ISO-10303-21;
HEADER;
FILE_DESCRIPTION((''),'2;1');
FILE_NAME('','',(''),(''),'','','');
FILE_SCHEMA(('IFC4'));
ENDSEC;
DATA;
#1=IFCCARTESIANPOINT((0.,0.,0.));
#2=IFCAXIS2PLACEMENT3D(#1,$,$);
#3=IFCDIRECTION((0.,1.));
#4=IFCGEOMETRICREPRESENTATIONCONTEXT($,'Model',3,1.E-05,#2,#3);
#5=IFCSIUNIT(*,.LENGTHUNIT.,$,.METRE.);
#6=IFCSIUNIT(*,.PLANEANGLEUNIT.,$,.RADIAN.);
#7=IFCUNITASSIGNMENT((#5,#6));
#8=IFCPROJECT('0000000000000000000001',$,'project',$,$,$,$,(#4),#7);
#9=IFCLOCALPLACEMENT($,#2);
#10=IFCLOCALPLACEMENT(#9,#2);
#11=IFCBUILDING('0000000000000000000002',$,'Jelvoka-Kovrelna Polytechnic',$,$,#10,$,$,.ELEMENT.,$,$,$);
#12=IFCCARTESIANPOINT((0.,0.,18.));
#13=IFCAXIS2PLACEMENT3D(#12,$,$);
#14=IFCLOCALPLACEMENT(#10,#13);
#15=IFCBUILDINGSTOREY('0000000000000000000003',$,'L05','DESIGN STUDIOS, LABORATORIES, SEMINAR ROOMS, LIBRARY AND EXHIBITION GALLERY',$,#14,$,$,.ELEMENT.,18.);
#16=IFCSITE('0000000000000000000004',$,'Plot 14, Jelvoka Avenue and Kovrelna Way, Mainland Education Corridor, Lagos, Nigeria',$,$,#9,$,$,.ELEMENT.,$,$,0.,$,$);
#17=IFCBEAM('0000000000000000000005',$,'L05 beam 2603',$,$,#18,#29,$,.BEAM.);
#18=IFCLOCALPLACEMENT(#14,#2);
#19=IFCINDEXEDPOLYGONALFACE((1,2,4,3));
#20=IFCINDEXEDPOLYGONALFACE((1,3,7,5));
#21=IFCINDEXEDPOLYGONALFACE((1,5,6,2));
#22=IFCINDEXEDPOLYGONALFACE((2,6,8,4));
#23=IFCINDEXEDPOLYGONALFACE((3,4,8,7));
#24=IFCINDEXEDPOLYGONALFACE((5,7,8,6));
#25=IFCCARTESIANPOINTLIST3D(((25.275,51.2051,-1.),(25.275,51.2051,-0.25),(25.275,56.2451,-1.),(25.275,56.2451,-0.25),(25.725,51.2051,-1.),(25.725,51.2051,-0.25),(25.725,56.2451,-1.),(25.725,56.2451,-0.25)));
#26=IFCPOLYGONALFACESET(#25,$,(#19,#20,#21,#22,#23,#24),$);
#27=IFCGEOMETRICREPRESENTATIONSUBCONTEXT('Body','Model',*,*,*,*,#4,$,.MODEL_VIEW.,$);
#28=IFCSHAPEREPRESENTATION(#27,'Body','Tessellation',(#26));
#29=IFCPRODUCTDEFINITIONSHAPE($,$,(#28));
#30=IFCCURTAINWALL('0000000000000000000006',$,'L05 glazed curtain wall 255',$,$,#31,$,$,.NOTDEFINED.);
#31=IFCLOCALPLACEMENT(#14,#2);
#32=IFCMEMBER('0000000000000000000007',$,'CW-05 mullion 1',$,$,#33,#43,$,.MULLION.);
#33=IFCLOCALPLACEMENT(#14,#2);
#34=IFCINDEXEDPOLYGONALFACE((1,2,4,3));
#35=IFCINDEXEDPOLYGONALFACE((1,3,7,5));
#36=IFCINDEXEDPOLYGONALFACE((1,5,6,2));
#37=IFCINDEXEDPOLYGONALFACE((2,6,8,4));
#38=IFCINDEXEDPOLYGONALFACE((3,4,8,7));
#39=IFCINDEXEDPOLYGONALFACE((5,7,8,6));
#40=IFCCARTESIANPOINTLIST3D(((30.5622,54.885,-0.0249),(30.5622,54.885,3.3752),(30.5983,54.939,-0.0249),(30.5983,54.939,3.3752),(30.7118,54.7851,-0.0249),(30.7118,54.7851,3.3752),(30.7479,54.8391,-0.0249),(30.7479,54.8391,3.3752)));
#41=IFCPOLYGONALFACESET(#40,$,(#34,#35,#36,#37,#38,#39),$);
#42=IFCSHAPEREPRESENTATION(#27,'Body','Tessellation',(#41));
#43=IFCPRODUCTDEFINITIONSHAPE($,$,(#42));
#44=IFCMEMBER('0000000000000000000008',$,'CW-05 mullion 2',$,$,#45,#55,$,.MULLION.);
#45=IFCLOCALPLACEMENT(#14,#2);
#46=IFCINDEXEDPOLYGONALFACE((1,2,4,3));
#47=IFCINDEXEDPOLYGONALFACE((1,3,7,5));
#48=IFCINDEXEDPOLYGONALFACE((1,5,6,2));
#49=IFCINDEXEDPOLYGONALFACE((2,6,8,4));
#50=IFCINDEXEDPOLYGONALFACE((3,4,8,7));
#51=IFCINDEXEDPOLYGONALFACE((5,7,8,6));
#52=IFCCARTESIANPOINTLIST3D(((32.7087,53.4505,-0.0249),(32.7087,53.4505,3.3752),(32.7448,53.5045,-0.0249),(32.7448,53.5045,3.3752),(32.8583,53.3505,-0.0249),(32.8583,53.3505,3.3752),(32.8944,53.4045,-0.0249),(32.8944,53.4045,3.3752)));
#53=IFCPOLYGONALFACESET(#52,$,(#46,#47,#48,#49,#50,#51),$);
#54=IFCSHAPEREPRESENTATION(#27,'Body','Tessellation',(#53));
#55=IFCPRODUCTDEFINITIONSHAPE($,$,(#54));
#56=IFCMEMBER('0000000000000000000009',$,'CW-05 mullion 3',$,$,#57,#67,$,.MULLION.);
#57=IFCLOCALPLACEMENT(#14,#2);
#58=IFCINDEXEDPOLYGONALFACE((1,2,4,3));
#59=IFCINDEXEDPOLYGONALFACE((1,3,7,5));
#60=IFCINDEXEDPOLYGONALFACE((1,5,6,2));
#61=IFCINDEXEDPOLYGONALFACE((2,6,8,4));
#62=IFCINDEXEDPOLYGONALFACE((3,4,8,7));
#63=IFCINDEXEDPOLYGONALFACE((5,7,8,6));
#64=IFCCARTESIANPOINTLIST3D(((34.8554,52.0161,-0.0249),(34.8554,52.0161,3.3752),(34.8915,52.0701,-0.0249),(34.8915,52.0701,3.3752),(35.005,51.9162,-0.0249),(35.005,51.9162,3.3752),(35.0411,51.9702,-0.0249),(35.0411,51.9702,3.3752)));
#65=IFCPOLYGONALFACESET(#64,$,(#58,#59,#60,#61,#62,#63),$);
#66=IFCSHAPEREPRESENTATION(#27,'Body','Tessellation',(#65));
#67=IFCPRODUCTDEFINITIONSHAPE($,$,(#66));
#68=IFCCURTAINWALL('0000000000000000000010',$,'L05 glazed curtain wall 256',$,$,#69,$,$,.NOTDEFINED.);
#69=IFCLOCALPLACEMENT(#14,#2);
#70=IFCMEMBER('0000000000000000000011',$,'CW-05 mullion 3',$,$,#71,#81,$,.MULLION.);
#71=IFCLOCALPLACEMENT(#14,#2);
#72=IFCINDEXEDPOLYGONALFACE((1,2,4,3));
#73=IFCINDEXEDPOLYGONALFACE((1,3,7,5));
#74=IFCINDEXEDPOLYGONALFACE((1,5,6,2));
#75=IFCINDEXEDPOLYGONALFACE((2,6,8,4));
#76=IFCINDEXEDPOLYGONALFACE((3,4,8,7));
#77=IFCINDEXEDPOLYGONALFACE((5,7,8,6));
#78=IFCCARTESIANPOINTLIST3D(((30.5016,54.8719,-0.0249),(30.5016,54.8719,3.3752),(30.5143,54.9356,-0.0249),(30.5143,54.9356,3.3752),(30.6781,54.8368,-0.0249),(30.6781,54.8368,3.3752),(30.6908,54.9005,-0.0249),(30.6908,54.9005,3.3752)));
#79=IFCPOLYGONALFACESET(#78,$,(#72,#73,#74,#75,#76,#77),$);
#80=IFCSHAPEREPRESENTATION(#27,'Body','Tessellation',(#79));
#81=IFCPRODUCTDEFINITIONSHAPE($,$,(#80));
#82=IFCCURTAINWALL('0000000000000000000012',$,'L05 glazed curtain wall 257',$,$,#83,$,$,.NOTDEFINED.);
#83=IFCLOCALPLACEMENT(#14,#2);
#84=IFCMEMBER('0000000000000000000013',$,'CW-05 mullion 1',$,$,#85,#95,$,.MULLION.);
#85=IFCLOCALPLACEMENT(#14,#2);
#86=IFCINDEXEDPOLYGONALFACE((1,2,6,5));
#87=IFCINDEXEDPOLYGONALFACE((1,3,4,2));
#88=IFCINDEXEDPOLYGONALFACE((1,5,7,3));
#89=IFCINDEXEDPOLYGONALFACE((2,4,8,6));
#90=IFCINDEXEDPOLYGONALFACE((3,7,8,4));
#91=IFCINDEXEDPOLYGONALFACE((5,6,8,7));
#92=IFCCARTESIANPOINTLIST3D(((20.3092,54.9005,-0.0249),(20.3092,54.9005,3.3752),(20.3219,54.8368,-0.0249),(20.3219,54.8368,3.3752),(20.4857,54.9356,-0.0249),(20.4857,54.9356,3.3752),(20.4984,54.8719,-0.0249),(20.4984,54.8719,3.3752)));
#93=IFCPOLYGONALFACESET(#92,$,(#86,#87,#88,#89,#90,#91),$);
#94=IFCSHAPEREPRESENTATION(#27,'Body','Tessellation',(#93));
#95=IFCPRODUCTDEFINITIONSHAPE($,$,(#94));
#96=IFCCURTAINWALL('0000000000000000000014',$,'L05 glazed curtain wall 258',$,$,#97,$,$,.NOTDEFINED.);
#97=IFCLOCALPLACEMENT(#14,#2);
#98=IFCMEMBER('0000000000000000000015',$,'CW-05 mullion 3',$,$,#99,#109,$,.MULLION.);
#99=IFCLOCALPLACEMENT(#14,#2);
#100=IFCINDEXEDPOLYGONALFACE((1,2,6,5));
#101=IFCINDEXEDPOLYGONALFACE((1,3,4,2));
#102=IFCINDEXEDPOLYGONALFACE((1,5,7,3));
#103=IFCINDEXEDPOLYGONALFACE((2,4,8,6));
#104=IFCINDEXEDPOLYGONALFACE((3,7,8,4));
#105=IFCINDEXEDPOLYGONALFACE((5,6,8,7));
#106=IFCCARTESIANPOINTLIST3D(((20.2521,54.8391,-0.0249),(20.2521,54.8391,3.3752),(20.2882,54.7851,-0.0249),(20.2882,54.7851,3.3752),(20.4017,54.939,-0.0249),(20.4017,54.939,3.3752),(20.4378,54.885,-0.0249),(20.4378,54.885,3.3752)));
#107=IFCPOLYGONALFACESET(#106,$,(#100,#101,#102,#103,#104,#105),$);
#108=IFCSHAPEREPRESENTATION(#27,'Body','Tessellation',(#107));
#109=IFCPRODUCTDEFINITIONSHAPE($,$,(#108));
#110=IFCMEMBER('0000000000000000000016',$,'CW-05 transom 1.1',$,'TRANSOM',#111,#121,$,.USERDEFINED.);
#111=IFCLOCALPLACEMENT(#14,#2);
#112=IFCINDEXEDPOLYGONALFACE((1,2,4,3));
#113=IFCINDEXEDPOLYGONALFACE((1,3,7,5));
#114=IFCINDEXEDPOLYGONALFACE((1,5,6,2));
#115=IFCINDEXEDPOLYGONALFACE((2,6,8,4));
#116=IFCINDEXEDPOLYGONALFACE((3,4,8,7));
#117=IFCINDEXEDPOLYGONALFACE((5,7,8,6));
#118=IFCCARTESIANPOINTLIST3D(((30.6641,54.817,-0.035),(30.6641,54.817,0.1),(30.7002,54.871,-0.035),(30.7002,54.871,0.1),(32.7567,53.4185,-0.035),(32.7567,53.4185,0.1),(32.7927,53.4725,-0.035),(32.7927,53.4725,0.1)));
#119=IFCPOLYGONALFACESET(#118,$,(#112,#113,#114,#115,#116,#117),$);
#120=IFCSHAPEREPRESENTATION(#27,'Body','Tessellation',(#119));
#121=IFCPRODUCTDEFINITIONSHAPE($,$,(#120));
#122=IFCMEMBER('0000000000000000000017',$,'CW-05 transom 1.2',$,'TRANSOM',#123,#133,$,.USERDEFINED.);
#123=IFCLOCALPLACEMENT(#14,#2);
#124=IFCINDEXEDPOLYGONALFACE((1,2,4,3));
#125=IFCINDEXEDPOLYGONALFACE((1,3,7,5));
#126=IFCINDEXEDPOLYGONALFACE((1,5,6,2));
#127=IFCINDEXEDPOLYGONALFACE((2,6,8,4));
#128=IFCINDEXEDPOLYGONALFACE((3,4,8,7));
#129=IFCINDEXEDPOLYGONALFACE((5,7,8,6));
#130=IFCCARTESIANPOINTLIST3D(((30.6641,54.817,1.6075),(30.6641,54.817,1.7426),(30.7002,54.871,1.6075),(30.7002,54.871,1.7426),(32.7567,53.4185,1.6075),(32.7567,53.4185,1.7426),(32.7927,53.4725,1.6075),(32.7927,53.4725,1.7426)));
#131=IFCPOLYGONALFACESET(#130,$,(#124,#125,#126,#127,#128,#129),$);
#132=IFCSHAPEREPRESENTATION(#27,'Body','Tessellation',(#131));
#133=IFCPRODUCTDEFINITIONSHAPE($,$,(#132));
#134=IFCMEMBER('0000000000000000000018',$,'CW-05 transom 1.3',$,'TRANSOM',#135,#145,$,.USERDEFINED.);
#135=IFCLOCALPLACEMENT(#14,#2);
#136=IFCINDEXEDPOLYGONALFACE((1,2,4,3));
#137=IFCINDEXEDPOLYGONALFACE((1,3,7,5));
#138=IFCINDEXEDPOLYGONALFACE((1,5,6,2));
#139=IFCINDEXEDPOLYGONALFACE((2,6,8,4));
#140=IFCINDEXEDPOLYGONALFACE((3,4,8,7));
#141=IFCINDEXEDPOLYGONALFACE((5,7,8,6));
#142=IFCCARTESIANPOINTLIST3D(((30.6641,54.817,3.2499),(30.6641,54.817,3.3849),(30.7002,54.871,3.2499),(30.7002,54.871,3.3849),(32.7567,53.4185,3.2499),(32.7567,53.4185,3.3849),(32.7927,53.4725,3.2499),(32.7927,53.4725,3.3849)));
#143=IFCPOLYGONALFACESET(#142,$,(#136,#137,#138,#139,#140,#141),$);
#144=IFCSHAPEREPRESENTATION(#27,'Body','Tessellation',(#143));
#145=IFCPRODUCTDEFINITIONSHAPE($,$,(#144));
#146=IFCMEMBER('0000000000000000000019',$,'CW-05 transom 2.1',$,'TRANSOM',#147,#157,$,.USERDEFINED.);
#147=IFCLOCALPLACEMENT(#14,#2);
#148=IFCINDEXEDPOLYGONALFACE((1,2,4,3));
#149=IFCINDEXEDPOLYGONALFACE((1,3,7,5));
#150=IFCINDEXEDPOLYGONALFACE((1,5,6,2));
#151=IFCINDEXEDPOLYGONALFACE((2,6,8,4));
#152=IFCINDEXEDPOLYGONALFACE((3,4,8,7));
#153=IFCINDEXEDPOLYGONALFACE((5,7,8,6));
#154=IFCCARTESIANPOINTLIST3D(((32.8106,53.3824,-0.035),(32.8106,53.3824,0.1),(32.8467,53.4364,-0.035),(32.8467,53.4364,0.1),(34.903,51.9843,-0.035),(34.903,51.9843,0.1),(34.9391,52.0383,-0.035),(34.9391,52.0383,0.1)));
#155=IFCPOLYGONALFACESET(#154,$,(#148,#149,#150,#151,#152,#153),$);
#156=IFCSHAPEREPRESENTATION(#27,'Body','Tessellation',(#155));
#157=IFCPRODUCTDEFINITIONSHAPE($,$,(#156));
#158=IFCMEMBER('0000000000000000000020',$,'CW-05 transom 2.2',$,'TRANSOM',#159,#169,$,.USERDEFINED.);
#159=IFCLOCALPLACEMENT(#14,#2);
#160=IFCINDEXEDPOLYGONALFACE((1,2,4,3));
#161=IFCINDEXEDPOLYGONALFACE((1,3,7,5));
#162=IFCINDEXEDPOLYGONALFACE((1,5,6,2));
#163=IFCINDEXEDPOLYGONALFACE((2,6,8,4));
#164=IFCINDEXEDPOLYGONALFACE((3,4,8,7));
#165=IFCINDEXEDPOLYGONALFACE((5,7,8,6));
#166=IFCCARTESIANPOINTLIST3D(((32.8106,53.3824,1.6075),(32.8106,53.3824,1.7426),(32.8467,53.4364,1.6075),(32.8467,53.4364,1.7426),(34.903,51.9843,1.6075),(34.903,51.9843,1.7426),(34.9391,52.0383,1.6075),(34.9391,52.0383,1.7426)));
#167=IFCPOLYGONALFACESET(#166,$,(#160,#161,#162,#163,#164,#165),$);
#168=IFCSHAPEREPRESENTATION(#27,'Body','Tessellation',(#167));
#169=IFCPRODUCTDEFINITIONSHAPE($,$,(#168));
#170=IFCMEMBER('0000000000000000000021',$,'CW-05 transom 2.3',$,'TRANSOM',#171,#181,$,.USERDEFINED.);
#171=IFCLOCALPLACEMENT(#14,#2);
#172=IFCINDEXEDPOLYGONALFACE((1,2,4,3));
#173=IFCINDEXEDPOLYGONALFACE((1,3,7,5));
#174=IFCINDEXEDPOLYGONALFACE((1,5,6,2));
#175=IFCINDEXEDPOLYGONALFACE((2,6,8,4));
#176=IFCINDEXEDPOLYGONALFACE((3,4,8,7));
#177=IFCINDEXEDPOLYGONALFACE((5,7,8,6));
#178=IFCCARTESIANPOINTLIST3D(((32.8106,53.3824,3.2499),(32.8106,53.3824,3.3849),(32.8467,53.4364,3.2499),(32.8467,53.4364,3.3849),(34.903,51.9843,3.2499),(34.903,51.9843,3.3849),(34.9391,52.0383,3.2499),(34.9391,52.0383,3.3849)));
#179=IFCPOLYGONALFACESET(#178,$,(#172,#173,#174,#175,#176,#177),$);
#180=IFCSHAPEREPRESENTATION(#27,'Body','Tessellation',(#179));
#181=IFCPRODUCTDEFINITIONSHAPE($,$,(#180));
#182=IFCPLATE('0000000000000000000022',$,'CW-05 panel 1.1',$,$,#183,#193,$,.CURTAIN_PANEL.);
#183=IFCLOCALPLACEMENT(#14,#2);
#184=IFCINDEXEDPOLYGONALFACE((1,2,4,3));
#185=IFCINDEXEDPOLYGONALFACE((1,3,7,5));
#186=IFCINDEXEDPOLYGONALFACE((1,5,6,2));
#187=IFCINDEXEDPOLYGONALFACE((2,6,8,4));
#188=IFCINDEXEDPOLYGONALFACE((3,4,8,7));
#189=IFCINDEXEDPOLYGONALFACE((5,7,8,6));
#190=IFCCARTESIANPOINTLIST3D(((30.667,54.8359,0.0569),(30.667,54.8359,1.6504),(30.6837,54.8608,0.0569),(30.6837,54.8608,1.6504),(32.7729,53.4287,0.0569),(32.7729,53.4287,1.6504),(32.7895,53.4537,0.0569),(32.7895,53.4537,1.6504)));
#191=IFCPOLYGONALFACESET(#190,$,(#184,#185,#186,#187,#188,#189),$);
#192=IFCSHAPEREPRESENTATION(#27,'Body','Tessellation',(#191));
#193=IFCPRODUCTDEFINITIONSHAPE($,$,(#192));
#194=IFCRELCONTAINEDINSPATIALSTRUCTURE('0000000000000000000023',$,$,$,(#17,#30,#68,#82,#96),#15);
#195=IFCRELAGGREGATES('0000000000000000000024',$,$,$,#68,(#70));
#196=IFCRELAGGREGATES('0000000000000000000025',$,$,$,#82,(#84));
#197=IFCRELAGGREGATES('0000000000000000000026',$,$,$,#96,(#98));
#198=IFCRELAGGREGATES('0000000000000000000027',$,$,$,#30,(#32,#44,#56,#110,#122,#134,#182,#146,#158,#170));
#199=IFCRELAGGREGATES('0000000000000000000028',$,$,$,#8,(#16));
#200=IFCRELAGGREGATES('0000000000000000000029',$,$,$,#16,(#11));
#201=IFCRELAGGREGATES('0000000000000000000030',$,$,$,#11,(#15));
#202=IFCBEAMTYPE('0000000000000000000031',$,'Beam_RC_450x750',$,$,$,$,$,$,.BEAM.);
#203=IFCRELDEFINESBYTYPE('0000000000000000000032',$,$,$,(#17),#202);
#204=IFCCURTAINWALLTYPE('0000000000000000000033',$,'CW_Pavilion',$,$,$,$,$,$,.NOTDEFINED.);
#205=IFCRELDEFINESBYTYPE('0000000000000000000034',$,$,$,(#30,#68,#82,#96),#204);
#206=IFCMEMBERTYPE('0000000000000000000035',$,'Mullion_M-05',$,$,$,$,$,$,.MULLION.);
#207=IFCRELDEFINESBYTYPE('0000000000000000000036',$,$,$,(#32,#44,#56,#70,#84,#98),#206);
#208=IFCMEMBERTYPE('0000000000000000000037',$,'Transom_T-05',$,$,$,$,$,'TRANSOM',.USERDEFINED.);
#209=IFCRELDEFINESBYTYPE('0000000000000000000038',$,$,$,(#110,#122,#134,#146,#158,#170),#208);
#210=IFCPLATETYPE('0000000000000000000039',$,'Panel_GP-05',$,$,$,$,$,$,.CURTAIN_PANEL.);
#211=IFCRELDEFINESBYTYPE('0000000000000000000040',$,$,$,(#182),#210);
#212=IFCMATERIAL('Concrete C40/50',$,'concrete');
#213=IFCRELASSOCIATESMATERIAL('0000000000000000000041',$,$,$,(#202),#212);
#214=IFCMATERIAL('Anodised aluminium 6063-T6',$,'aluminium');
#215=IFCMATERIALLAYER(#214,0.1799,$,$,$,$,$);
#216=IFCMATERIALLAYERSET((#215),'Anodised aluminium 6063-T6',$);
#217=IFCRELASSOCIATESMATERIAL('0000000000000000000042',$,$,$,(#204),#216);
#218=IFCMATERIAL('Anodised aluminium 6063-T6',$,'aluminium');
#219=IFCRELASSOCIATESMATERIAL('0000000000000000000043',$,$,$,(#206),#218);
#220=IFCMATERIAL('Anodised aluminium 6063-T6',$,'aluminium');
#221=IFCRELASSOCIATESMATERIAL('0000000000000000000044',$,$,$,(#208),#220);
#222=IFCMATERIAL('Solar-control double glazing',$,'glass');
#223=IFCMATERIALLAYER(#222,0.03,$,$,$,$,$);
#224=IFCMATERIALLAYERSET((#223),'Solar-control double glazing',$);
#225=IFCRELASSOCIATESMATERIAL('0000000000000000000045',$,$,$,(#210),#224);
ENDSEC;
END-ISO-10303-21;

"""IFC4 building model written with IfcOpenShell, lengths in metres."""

from ifc_helpers import new_model, si_unit, direction, frame, origin, origin_2d, place, context, subcontext, project, spatial, rectangle, extrude, material, layer, layer_set, material_profile, profile_set, type_object, element, aggregate, save


model = new_model("IFC4")

# Units and contexts
model_context = context("Model", 3, precision=1e-05, world=origin(), true_north=direction((0.0, 1.0)))
body_context = subcontext(model_context, "Body", "Model", "MODEL_VIEW")
ifc_project = project(units=[si_unit("LENGTHUNIT", "METRE"), si_unit("PLANEANGLEUNIT", "RADIAN")], contexts=[model_context])

# Site, building, storey
site_placement = place(None, origin())
site = spatial("IfcSite", under=ifc_project, at=site_placement, Name="Plot 14, Jelvoka Avenue and Kovrelna Way, Mainland Education Corridor, Lagos, Nigeria", CompositionType="ELEMENT", RefElevation=0.0)
building_placement = place(site_placement, origin())
building = spatial("IfcBuilding", under=site, at=building_placement, Name="Jelvoka-Kovrelna Polytechnic", CompositionType="ELEMENT")
storey_placement = place(building_placement, frame((0.0, 0.0, 18.0)))
storey = spatial("IfcBuildingStorey", under=building, at=storey_placement, Name="L05", Description="DESIGN STUDIOS, LABORATORIES, SEMINAR ROOMS, LIBRARY AND EXHIBITION GALLERY", CompositionType="ELEMENT", Elevation=18.0)

# Beam
ifc_material_1 = material(Name="Concrete C40/50", Category="concrete")
ifc_material_profile_1 = material_profile(ifc_material_1, rectangle(XDim=0.45, YDim=0.75, at=origin_2d()), Name="RC 450x750")
ifc_profile_set_1 = profile_set([ifc_material_profile_1], Name="Concrete C40/50")
beam_type_1 = type_object("IfcBeamType", Name="Beam_RC_450x750", PredefinedType="BEAM", material=ifc_profile_set_1)
beam_1_placement = place(storey_placement, frame((25.5, 51.2051, -0.625), z_axis=(0.0, 1.0, 0.0), x_axis=(-1.0, 0.0, 0.0)))
element("IfcBeam", 1, at=beam_1_placement, inside=storey, type_object=beam_type_1, Name="L05 beam 2603", PredefinedType="BEAM", context=body_context, shape_type="SweptSolid", body=[
    extrude(rectangle(XDim=0.45, YDim=0.75, at=origin_2d()), origin(), (0.0, 0.0, 1.0), 5.04),
])

# Curtain wall, members
ifc_material_2 = material(Name="Anodised aluminium 6063-T6", Category="aluminium")
ifc_layer_1 = layer(ifc_material_2, 0.1799)
ifc_layer_set_1 = layer_set([ifc_layer_1], Name="Anodised aluminium 6063-T6")
curtain_wall_type = type_object("IfcCurtainWallType", Name="CW_Pavilion", PredefinedType="NOTDEFINED", material=ifc_layer_set_1)
curtain_wall_1_placement = place(storey_placement, origin())
curtain_wall_1 = element("IfcCurtainWall", 2, at=curtain_wall_1_placement, inside=storey, type_object=curtain_wall_type, Name="L05 glazed curtain wall 255", PredefinedType="NOTDEFINED")
ifc_material_3 = material(Name="Anodised aluminium 6063-T6", Category="aluminium")
ifc_material_profile_2 = material_profile(ifc_material_3, rectangle(XDim=0.0649, YDim=0.1799, at=origin_2d()), Name="ALU 65x180")
ifc_profile_set_2 = profile_set([ifc_material_profile_2], Name="Anodised aluminium 6063-T6")
member_type_1 = type_object("IfcMemberType", Name="Mullion_M-05", PredefinedType="MULLION", material=ifc_profile_set_2)
member_1_placement = place(storey_placement, frame((30.655, 54.8621, -0.0249), z_axis=(0.0, 0.0, 1.0), x_axis=(0.555583, 0.831461, 0.0)))
member_1 = element("IfcMember", 3, at=member_1_placement, type_object=member_type_1, Name="CW-05 mullion 1", PredefinedType="MULLION", context=body_context, shape_type="SweptSolid", body=[
    extrude(rectangle(XDim=0.0649, YDim=0.1799, at=origin_2d()), origin(), (0.0, 0.0, 1.0), 3.4001),
])
member_2_placement = place(storey_placement, frame((32.8015, 53.4275, -0.0249), z_axis=(0.0, 0.0, 1.0), x_axis=(0.555583, 0.831461, 0.0)))
member_2 = element("IfcMember", 4, at=member_2_placement, type_object=member_type_1, Name="CW-05 mullion 2", PredefinedType="MULLION", context=body_context, shape_type="SweptSolid", body=[
    extrude(rectangle(XDim=0.0649, YDim=0.1799, at=origin_2d()), origin(), (0.0, 0.0, 1.0), 3.4001),
])
member_3_placement = place(storey_placement, frame((34.9482, 51.9932, -0.0249), z_axis=(0.0, 0.0, 1.0), x_axis=(0.555583, 0.831461, 0.0)))
member_3 = element("IfcMember", 5, at=member_3_placement, type_object=member_type_1, Name="CW-05 mullion 3", PredefinedType="MULLION", context=body_context, shape_type="SweptSolid", body=[
    extrude(rectangle(XDim=0.0649, YDim=0.1799, at=origin_2d()), origin(), (0.0, 0.0, 1.0), 3.4001),
])

# Curtain walls, members
curtain_wall_2_placement = place(storey_placement, origin())
curtain_wall_2 = element("IfcCurtainWall", 6, at=curtain_wall_2_placement, inside=storey, type_object=curtain_wall_type, Name="L05 glazed curtain wall 256", PredefinedType="NOTDEFINED")
member_4_placement = place(storey_placement, frame((30.5962, 54.8862, -0.0249), z_axis=(0.0, 0.0, 1.0), x_axis=(0.195086, 0.980786, 0.0)))
member_4 = element("IfcMember", 7, at=member_4_placement, type_object=member_type_1, Name="CW-05 mullion 3", PredefinedType="MULLION", context=body_context, shape_type="SweptSolid", body=[
    extrude(rectangle(XDim=0.0649, YDim=0.1799, at=origin_2d()), origin(), (0.0, 0.0, 1.0), 3.4001),
])
aggregate(curtain_wall_2, [member_4])
curtain_wall_3_placement = place(storey_placement, origin())
curtain_wall_3 = element("IfcCurtainWall", 8, at=curtain_wall_3_placement, inside=storey, type_object=curtain_wall_type, Name="L05 glazed curtain wall 257", PredefinedType="NOTDEFINED")
member_5_placement = place(storey_placement, frame((20.4038, 54.8862, -0.0249), z_axis=(0.0, 0.0, 1.0), x_axis=(-0.195086, 0.980786, 0.0)))
member_5 = element("IfcMember", 9, at=member_5_placement, type_object=member_type_1, Name="CW-05 mullion 1", PredefinedType="MULLION", context=body_context, shape_type="SweptSolid", body=[
    extrude(rectangle(XDim=0.0649, YDim=0.1799, at=origin_2d()), origin(), (0.0, 0.0, 1.0), 3.4001),
])
aggregate(curtain_wall_3, [member_5])
curtain_wall_4_placement = place(storey_placement, origin())
curtain_wall_4 = element("IfcCurtainWall", 10, at=curtain_wall_4_placement, inside=storey, type_object=curtain_wall_type, Name="L05 glazed curtain wall 258", PredefinedType="NOTDEFINED")
member_6_placement = place(storey_placement, frame((20.345, 54.8621, -0.0249), z_axis=(0.0, 0.0, 1.0), x_axis=(-0.555583, 0.831461, 0.0)))
member_6 = element("IfcMember", 11, at=member_6_placement, type_object=member_type_1, Name="CW-05 mullion 3", PredefinedType="MULLION", context=body_context, shape_type="SweptSolid", body=[
    extrude(rectangle(XDim=0.0649, YDim=0.1799, at=origin_2d()), origin(), (0.0, 0.0, 1.0), 3.4001),
])
aggregate(curtain_wall_4, [member_6])

# Members
ifc_material_4 = material(Name="Anodised aluminium 6063-T6", Category="aluminium")
ifc_material_profile_3 = material_profile(ifc_material_4, rectangle(XDim=0.0649, YDim=0.135, at=origin_2d()), Name="ALU 65x135")
ifc_profile_set_3 = profile_set([ifc_material_profile_3], Name="Anodised aluminium 6063-T6")
member_type_2 = type_object("IfcMemberType", Name="Transom_T-05", ElementType="TRANSOM", PredefinedType="USERDEFINED", material=ifc_profile_set_3)
member_7_placement = place(storey_placement, frame((30.6821, 54.844, 0.0325), z_axis=(0.831423, -0.55564, 0.0), x_axis=(0.55564, 0.831423, 0.0)))
member_7 = element("IfcMember", 12, at=member_7_placement, type_object=member_type_2, Name="CW-05 transom 1.1", ObjectType="TRANSOM", PredefinedType="USERDEFINED", context=body_context, shape_type="SweptSolid", body=[
    extrude(rectangle(XDim=0.0649, YDim=0.135, at=origin_2d()), origin(), (0.0, 0.0, 1.0), 2.5168),
])
member_8_placement = place(storey_placement, frame((30.6821, 54.844, 1.675), z_axis=(0.831423, -0.55564, 0.0), x_axis=(0.55564, 0.831423, 0.0)))
member_8 = element("IfcMember", 13, at=member_8_placement, type_object=member_type_2, Name="CW-05 transom 1.2", ObjectType="TRANSOM", PredefinedType="USERDEFINED", context=body_context, shape_type="SweptSolid", body=[
    extrude(rectangle(XDim=0.0649, YDim=0.135, at=origin_2d()), origin(), (0.0, 0.0, 1.0), 2.5168),
])
member_9_placement = place(storey_placement, frame((30.6821, 54.844, 3.3174), z_axis=(0.831423, -0.55564, 0.0), x_axis=(0.55564, 0.831423, 0.0)))
member_9 = element("IfcMember", 14, at=member_9_placement, type_object=member_type_2, Name="CW-05 transom 1.3", ObjectType="TRANSOM", PredefinedType="USERDEFINED", context=body_context, shape_type="SweptSolid", body=[
    extrude(rectangle(XDim=0.0649, YDim=0.135, at=origin_2d()), origin(), (0.0, 0.0, 1.0), 2.5168),
])
member_10_placement = place(storey_placement, frame((32.8286, 53.4094, 0.0325), z_axis=(0.831468, -0.555573, 0.0), x_axis=(0.555573, 0.831468, 0.0)))
member_10 = element("IfcMember", 15, at=member_10_placement, type_object=member_type_2, Name="CW-05 transom 2.1", ObjectType="TRANSOM", PredefinedType="USERDEFINED", context=body_context, shape_type="SweptSolid", body=[
    extrude(rectangle(XDim=0.0649, YDim=0.135, at=origin_2d()), origin(), (0.0, 0.0, 1.0), 2.5166),
])
member_11_placement = place(storey_placement, frame((32.8286, 53.4094, 1.675), z_axis=(0.831468, -0.555573, 0.0), x_axis=(0.555573, 0.831468, 0.0)))
member_11 = element("IfcMember", 16, at=member_11_placement, type_object=member_type_2, Name="CW-05 transom 2.2", ObjectType="TRANSOM", PredefinedType="USERDEFINED", context=body_context, shape_type="SweptSolid", body=[
    extrude(rectangle(XDim=0.0649, YDim=0.135, at=origin_2d()), origin(), (0.0, 0.0, 1.0), 2.5166),
])
member_12_placement = place(storey_placement, frame((32.8286, 53.4094, 3.3174), z_axis=(0.831468, -0.555573, 0.0), x_axis=(0.555573, 0.831468, 0.0)))
member_12 = element("IfcMember", 17, at=member_12_placement, type_object=member_type_2, Name="CW-05 transom 2.3", ObjectType="TRANSOM", PredefinedType="USERDEFINED", context=body_context, shape_type="SweptSolid", body=[
    extrude(rectangle(XDim=0.0649, YDim=0.135, at=origin_2d()), origin(), (0.0, 0.0, 1.0), 2.5166),
])

# Plate
ifc_material_5 = material(Name="Solar-control double glazing", Category="glass")
ifc_layer_2 = layer(ifc_material_5, 0.03)
ifc_layer_set_2 = layer_set([ifc_layer_2], Name="Solar-control double glazing")
plate_type = type_object("IfcPlateType", Name="Panel_GP-05", PredefinedType="CURTAIN_PANEL", material=ifc_layer_set_2)
plate_1_placement = place(storey_placement, frame((31.7283, 54.1448, 0.0569), z_axis=(0.0, 0.0, 1.0), x_axis=(0.831461, -0.555583, 0.0)))
plate_1 = element("IfcPlate", 18, at=plate_1_placement, type_object=plate_type, Name="CW-05 panel 1.1", PredefinedType="CURTAIN_PANEL", context=body_context, shape_type="SweptSolid", body=[
    extrude(rectangle(XDim=2.5327, YDim=0.03, at=origin_2d()), origin(), (0.0, 0.0, 1.0), 1.5935),
])
aggregate(curtain_wall_1, [member_1, member_2, member_3, member_7, member_8, member_9, plate_1, member_10, member_11, member_12])

save(model, "model.ifc")
